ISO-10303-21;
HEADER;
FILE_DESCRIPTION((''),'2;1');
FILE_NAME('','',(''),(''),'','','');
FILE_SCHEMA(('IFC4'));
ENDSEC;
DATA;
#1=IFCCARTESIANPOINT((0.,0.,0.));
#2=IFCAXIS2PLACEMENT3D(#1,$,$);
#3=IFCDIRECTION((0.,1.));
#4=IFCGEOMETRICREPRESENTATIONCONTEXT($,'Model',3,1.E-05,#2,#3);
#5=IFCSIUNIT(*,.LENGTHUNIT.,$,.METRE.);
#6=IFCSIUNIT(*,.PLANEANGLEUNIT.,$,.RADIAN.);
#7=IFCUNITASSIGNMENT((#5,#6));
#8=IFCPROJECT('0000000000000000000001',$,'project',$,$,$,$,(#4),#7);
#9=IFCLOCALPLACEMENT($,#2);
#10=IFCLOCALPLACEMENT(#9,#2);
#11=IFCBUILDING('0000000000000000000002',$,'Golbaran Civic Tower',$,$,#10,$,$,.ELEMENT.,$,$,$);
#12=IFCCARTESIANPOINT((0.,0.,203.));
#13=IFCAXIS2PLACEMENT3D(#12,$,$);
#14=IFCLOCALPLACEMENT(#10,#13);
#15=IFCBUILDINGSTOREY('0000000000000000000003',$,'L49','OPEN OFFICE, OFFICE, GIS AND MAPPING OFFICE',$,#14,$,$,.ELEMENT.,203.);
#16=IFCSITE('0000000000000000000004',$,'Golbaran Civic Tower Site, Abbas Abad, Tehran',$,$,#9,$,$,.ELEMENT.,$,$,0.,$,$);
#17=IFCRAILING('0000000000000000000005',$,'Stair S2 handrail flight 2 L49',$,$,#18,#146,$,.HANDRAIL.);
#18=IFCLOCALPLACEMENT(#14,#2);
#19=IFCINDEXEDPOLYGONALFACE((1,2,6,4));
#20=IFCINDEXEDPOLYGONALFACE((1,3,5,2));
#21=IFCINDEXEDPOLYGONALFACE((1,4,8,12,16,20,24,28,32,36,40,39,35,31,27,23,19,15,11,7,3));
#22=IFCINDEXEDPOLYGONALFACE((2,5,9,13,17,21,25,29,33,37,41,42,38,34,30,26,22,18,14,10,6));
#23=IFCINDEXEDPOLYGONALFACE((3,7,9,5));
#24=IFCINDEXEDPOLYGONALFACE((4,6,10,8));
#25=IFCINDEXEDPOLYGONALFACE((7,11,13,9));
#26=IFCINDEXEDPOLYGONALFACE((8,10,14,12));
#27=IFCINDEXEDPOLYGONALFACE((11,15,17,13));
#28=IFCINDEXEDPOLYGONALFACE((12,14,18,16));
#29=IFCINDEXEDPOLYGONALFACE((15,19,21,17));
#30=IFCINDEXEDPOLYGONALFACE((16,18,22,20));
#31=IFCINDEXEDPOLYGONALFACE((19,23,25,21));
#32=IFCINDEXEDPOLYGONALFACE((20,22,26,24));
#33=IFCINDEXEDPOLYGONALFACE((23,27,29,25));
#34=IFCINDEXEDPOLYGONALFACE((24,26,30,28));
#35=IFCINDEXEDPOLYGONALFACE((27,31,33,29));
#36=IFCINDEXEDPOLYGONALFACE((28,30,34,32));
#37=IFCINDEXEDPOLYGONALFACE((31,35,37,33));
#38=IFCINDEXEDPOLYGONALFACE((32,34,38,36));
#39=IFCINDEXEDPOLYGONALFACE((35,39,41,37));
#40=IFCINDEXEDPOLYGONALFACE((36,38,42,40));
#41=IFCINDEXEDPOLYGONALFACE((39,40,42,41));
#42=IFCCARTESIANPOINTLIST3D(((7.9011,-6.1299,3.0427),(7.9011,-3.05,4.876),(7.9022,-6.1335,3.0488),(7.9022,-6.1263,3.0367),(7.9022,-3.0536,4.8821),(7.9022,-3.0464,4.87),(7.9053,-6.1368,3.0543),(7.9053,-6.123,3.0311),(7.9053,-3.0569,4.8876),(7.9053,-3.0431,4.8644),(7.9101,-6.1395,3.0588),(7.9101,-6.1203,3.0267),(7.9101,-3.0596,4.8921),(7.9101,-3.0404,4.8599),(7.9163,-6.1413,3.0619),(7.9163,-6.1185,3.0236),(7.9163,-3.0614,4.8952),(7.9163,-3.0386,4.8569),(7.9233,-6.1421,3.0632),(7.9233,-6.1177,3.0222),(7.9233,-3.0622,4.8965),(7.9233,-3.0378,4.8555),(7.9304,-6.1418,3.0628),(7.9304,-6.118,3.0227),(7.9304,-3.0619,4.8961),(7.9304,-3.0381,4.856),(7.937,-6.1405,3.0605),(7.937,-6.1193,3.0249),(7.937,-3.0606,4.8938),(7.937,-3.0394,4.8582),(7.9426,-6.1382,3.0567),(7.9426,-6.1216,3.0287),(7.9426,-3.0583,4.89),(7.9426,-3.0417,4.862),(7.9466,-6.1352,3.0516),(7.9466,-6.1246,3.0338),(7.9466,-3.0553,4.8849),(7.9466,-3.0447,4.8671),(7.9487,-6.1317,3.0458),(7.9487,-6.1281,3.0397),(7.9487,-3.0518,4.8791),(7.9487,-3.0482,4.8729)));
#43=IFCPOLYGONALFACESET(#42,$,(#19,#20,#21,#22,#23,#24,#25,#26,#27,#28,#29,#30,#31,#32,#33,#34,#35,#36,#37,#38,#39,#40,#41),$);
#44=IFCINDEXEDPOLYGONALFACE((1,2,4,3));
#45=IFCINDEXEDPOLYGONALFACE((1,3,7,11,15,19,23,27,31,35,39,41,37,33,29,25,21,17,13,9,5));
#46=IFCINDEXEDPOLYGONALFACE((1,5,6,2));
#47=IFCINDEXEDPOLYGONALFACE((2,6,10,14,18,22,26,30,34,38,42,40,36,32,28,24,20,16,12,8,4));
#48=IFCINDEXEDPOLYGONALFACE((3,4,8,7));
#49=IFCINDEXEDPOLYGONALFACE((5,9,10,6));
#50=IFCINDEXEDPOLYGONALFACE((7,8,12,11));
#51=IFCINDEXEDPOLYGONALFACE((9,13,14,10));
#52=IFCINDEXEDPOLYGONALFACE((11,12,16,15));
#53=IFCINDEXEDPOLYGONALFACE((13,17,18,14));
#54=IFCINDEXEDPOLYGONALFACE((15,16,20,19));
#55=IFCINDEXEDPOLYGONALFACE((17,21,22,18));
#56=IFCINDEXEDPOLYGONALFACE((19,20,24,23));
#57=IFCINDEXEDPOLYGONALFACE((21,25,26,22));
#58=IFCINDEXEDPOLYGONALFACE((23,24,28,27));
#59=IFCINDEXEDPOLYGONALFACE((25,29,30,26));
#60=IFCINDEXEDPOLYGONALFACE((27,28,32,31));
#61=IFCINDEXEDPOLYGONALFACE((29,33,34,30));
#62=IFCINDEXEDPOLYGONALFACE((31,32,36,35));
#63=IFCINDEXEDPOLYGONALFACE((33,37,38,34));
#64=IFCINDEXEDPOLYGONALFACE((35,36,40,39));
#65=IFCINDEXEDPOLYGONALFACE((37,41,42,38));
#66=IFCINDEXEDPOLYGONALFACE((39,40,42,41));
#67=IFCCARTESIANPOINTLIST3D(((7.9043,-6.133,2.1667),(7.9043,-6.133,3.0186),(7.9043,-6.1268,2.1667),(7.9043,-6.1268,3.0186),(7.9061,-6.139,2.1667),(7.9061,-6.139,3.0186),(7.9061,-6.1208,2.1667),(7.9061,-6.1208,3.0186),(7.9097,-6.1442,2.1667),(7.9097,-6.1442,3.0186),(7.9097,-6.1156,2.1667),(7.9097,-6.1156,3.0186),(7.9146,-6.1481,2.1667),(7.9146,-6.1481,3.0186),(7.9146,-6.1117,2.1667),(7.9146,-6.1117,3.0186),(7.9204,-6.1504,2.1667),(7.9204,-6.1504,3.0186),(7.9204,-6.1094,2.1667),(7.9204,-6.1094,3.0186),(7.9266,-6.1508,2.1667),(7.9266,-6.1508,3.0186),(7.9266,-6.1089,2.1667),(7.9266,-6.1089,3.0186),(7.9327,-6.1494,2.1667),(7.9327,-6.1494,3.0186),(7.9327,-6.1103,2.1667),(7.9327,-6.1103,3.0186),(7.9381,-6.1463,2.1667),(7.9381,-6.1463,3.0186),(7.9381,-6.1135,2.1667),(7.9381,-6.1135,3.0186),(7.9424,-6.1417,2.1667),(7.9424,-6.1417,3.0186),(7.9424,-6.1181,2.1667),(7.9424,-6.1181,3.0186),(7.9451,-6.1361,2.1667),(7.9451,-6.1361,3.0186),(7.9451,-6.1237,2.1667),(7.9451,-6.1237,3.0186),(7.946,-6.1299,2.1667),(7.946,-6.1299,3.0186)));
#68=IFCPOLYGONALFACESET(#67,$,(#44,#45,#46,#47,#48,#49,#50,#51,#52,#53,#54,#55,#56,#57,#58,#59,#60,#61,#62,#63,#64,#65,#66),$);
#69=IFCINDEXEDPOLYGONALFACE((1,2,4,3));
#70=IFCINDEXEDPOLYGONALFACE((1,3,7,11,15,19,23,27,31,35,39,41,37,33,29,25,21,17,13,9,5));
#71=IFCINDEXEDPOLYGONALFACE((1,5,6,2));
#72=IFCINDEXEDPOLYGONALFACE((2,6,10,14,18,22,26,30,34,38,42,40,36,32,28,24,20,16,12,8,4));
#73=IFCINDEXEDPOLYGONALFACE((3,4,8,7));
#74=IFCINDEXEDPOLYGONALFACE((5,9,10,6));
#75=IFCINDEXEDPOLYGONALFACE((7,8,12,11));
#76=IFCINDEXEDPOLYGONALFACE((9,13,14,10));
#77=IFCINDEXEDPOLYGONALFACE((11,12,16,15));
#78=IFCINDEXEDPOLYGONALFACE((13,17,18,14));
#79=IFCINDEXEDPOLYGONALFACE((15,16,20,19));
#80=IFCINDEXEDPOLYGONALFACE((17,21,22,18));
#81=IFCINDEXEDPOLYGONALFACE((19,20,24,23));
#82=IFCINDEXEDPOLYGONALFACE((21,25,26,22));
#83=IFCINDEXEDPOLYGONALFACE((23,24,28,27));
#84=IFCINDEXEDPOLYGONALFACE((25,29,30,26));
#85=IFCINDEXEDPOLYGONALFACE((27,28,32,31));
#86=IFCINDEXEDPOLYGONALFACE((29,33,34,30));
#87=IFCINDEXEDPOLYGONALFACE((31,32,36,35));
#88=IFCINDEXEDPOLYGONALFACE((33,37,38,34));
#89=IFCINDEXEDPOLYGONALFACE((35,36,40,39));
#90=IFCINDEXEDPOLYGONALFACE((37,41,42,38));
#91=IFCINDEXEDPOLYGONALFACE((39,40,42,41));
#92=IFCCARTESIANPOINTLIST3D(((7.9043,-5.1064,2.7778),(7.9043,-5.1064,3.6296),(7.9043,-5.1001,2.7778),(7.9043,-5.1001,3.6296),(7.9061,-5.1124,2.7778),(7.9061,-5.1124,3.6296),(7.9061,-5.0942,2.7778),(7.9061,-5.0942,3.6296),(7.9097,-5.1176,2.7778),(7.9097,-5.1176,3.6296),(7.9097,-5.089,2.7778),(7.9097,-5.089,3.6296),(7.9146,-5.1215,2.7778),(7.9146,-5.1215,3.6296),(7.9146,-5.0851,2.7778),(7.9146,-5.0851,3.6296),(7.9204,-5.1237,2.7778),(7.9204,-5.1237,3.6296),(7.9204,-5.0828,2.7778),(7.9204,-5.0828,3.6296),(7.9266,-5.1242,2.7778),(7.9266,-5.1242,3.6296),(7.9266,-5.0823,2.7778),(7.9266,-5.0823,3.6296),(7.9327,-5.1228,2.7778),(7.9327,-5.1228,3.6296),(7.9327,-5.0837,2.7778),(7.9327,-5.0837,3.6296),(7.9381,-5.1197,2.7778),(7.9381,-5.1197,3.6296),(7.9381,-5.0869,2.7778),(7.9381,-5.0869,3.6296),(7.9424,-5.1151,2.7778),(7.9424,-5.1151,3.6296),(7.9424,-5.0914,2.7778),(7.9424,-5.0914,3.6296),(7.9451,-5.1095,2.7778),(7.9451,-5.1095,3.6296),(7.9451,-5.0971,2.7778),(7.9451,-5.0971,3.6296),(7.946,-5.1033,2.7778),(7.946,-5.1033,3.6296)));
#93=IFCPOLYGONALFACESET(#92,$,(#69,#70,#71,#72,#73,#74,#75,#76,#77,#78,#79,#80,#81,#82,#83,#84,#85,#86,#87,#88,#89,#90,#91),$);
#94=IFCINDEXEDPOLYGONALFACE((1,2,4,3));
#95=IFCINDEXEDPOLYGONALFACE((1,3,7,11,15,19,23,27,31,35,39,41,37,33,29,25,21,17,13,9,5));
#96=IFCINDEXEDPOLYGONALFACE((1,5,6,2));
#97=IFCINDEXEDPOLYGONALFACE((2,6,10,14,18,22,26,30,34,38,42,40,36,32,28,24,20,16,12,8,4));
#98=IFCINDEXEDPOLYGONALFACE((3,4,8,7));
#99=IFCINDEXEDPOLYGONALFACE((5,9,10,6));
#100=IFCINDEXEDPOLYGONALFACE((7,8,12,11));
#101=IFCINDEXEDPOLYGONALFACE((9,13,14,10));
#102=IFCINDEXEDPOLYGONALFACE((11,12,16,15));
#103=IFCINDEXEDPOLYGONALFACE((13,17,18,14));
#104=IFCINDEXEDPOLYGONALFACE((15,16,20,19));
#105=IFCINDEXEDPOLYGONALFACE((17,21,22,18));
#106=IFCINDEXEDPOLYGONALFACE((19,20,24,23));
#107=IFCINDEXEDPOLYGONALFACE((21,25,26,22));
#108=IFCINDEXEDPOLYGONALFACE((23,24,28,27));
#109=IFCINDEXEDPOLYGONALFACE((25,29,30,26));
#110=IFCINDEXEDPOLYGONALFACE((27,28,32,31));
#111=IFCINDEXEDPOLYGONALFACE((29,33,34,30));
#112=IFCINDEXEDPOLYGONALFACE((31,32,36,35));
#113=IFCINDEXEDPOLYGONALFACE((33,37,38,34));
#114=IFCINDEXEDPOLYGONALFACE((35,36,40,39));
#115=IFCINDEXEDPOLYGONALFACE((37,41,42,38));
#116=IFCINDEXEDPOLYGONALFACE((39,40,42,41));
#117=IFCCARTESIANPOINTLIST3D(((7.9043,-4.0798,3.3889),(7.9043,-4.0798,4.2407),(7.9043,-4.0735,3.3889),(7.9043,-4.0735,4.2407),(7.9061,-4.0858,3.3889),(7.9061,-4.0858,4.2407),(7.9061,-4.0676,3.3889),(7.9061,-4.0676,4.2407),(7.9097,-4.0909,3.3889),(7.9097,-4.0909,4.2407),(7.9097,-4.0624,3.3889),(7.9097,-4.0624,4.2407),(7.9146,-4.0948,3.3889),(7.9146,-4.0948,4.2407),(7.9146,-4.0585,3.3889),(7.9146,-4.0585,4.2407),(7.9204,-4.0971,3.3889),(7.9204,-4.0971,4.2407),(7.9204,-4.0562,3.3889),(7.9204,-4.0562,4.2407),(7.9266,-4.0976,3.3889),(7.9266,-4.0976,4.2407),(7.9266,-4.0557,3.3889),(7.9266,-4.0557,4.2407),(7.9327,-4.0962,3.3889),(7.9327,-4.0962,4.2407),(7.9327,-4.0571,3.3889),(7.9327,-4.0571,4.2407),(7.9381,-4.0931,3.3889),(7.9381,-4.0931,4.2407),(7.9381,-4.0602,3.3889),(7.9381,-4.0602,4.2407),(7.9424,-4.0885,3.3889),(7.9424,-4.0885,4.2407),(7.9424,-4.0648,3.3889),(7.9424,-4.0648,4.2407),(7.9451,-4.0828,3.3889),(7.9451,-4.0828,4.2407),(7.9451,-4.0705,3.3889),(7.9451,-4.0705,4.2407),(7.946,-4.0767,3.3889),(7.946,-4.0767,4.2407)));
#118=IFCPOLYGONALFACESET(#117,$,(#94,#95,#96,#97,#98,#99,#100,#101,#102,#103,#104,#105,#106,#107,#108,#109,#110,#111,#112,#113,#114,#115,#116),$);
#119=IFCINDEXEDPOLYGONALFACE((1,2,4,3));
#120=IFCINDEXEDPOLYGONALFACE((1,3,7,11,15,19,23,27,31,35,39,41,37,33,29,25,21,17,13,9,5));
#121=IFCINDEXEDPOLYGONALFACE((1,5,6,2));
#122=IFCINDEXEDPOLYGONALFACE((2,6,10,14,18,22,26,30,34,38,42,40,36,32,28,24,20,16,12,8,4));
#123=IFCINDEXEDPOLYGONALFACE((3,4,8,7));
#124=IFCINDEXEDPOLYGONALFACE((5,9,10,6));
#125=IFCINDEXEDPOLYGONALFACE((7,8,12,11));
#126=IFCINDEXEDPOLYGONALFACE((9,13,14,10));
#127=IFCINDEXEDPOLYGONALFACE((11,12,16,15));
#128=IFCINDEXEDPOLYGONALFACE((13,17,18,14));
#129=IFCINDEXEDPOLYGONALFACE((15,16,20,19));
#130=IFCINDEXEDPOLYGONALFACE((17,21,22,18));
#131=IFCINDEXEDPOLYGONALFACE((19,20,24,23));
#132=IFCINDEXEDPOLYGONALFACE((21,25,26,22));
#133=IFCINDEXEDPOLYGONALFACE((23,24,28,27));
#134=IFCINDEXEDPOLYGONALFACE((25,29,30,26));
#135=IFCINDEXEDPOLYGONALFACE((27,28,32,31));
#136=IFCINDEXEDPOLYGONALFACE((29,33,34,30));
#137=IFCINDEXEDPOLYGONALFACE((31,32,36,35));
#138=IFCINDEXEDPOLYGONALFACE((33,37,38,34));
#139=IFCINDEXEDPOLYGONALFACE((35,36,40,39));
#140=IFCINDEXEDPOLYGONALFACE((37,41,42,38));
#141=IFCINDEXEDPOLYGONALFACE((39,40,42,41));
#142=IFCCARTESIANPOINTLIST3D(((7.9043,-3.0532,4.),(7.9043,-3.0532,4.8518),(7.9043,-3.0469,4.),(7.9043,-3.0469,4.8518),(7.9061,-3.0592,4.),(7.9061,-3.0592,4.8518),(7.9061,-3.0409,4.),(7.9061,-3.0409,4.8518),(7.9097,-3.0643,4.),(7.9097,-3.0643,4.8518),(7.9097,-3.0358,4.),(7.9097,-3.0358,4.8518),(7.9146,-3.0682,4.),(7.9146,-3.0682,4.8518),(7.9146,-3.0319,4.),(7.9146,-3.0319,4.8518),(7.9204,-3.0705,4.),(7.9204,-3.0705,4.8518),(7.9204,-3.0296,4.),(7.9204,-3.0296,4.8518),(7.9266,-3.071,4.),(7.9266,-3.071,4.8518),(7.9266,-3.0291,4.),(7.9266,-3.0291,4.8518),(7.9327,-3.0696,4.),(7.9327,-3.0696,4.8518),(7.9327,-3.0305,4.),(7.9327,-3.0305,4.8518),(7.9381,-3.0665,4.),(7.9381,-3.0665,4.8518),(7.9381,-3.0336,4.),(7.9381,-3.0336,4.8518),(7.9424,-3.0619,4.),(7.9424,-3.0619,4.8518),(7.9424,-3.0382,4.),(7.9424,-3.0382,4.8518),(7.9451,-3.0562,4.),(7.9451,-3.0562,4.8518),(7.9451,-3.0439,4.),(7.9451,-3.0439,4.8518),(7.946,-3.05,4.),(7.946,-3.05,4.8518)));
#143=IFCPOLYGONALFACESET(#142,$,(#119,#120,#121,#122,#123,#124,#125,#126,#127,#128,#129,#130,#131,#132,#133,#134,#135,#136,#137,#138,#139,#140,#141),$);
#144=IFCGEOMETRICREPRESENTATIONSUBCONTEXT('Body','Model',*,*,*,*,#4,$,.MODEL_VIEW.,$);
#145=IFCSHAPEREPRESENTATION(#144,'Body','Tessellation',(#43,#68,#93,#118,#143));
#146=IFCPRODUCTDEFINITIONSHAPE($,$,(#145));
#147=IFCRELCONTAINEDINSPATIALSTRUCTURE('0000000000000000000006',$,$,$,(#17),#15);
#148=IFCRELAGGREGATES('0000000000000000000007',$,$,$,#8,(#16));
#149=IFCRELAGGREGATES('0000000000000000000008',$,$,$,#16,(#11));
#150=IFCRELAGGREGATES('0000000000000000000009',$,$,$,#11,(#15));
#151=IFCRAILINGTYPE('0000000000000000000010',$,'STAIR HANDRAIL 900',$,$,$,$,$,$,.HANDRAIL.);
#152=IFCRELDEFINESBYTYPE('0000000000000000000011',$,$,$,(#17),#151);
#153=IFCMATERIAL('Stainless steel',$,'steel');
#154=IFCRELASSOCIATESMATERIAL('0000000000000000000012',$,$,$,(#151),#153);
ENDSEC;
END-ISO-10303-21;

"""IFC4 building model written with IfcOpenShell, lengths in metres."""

from ifc_helpers import new_model, si_unit, direction, frame, origin, origin_2d, place, context, subcontext, project, spatial, circle, extrude, material, type_object, element, save


model = new_model("IFC4")

# Units and contexts
model_context = context("Model", 3, precision=1e-05, world=origin(), true_north=direction((0.0, 1.0)))
body_context = subcontext(model_context, "Body", "Model", "MODEL_VIEW")
ifc_project = project(units=[si_unit("LENGTHUNIT", "METRE"), si_unit("PLANEANGLEUNIT", "RADIAN")], contexts=[model_context])

# Site, building, storey
site_placement = place(None, origin())
site = spatial("IfcSite", under=ifc_project, at=site_placement, Name="Golbaran Civic Tower Site, Abbas Abad, Tehran", CompositionType="ELEMENT", RefElevation=0.0)
building_placement = place(site_placement, origin())
building = spatial("IfcBuilding", under=site, at=building_placement, Name="Golbaran Civic Tower", CompositionType="ELEMENT")
storey_placement = place(building_placement, frame((0.0, 0.0, 203.0)))
storey = spatial("IfcBuildingStorey", under=building, at=storey_placement, Name="L49", Description="OPEN OFFICE, OFFICE, GIS AND MAPPING OFFICE", CompositionType="ELEMENT", Elevation=203.0)

# Shared definitions
ifc_material_1 = material(Name="Stainless steel", Category="steel")

# Railing
railing_type = type_object("IfcRailingType", Name="STAIR HANDRAIL 900", PredefinedType="HANDRAIL", material=ifc_material_1)
railing_1_placement = place(storey_placement, frame((7.925, -6.1299, 2.1667)))
element("IfcRailing", 1, at=railing_1_placement, inside=storey, type_object=railing_type, Name="Stair S2 handrail flight 2 L49", PredefinedType="HANDRAIL", context=body_context, shape_type="SweptSolid", body=[
    extrude(circle(Radius=0.0239, at=origin_2d()), frame((0.0, 0.0, 0.876), z_axis=(0.0, 0.859291, 0.511487), x_axis=(-1.0, 0.0, 0.0)), (0.0, 0.0, 1.0), 3.5842),
    extrude(circle(Radius=0.021, at=origin_2d()), origin(), (0.0, 0.0, 1.0), 0.8518),
    extrude(circle(Radius=0.021, at=origin_2d()), frame((0.0, 1.0266, 0.6111)), (0.0, 0.0, 1.0), 0.8518),
    extrude(circle(Radius=0.021, at=origin_2d()), frame((0.0, 2.0532, 1.2222)), (0.0, 0.0, 1.0), 0.8518),
    extrude(circle(Radius=0.021, at=origin_2d()), frame((0.0, 3.0798, 1.8333)), (0.0, 0.0, 1.0), 0.8518),
])

save(model, "model.ifc")
